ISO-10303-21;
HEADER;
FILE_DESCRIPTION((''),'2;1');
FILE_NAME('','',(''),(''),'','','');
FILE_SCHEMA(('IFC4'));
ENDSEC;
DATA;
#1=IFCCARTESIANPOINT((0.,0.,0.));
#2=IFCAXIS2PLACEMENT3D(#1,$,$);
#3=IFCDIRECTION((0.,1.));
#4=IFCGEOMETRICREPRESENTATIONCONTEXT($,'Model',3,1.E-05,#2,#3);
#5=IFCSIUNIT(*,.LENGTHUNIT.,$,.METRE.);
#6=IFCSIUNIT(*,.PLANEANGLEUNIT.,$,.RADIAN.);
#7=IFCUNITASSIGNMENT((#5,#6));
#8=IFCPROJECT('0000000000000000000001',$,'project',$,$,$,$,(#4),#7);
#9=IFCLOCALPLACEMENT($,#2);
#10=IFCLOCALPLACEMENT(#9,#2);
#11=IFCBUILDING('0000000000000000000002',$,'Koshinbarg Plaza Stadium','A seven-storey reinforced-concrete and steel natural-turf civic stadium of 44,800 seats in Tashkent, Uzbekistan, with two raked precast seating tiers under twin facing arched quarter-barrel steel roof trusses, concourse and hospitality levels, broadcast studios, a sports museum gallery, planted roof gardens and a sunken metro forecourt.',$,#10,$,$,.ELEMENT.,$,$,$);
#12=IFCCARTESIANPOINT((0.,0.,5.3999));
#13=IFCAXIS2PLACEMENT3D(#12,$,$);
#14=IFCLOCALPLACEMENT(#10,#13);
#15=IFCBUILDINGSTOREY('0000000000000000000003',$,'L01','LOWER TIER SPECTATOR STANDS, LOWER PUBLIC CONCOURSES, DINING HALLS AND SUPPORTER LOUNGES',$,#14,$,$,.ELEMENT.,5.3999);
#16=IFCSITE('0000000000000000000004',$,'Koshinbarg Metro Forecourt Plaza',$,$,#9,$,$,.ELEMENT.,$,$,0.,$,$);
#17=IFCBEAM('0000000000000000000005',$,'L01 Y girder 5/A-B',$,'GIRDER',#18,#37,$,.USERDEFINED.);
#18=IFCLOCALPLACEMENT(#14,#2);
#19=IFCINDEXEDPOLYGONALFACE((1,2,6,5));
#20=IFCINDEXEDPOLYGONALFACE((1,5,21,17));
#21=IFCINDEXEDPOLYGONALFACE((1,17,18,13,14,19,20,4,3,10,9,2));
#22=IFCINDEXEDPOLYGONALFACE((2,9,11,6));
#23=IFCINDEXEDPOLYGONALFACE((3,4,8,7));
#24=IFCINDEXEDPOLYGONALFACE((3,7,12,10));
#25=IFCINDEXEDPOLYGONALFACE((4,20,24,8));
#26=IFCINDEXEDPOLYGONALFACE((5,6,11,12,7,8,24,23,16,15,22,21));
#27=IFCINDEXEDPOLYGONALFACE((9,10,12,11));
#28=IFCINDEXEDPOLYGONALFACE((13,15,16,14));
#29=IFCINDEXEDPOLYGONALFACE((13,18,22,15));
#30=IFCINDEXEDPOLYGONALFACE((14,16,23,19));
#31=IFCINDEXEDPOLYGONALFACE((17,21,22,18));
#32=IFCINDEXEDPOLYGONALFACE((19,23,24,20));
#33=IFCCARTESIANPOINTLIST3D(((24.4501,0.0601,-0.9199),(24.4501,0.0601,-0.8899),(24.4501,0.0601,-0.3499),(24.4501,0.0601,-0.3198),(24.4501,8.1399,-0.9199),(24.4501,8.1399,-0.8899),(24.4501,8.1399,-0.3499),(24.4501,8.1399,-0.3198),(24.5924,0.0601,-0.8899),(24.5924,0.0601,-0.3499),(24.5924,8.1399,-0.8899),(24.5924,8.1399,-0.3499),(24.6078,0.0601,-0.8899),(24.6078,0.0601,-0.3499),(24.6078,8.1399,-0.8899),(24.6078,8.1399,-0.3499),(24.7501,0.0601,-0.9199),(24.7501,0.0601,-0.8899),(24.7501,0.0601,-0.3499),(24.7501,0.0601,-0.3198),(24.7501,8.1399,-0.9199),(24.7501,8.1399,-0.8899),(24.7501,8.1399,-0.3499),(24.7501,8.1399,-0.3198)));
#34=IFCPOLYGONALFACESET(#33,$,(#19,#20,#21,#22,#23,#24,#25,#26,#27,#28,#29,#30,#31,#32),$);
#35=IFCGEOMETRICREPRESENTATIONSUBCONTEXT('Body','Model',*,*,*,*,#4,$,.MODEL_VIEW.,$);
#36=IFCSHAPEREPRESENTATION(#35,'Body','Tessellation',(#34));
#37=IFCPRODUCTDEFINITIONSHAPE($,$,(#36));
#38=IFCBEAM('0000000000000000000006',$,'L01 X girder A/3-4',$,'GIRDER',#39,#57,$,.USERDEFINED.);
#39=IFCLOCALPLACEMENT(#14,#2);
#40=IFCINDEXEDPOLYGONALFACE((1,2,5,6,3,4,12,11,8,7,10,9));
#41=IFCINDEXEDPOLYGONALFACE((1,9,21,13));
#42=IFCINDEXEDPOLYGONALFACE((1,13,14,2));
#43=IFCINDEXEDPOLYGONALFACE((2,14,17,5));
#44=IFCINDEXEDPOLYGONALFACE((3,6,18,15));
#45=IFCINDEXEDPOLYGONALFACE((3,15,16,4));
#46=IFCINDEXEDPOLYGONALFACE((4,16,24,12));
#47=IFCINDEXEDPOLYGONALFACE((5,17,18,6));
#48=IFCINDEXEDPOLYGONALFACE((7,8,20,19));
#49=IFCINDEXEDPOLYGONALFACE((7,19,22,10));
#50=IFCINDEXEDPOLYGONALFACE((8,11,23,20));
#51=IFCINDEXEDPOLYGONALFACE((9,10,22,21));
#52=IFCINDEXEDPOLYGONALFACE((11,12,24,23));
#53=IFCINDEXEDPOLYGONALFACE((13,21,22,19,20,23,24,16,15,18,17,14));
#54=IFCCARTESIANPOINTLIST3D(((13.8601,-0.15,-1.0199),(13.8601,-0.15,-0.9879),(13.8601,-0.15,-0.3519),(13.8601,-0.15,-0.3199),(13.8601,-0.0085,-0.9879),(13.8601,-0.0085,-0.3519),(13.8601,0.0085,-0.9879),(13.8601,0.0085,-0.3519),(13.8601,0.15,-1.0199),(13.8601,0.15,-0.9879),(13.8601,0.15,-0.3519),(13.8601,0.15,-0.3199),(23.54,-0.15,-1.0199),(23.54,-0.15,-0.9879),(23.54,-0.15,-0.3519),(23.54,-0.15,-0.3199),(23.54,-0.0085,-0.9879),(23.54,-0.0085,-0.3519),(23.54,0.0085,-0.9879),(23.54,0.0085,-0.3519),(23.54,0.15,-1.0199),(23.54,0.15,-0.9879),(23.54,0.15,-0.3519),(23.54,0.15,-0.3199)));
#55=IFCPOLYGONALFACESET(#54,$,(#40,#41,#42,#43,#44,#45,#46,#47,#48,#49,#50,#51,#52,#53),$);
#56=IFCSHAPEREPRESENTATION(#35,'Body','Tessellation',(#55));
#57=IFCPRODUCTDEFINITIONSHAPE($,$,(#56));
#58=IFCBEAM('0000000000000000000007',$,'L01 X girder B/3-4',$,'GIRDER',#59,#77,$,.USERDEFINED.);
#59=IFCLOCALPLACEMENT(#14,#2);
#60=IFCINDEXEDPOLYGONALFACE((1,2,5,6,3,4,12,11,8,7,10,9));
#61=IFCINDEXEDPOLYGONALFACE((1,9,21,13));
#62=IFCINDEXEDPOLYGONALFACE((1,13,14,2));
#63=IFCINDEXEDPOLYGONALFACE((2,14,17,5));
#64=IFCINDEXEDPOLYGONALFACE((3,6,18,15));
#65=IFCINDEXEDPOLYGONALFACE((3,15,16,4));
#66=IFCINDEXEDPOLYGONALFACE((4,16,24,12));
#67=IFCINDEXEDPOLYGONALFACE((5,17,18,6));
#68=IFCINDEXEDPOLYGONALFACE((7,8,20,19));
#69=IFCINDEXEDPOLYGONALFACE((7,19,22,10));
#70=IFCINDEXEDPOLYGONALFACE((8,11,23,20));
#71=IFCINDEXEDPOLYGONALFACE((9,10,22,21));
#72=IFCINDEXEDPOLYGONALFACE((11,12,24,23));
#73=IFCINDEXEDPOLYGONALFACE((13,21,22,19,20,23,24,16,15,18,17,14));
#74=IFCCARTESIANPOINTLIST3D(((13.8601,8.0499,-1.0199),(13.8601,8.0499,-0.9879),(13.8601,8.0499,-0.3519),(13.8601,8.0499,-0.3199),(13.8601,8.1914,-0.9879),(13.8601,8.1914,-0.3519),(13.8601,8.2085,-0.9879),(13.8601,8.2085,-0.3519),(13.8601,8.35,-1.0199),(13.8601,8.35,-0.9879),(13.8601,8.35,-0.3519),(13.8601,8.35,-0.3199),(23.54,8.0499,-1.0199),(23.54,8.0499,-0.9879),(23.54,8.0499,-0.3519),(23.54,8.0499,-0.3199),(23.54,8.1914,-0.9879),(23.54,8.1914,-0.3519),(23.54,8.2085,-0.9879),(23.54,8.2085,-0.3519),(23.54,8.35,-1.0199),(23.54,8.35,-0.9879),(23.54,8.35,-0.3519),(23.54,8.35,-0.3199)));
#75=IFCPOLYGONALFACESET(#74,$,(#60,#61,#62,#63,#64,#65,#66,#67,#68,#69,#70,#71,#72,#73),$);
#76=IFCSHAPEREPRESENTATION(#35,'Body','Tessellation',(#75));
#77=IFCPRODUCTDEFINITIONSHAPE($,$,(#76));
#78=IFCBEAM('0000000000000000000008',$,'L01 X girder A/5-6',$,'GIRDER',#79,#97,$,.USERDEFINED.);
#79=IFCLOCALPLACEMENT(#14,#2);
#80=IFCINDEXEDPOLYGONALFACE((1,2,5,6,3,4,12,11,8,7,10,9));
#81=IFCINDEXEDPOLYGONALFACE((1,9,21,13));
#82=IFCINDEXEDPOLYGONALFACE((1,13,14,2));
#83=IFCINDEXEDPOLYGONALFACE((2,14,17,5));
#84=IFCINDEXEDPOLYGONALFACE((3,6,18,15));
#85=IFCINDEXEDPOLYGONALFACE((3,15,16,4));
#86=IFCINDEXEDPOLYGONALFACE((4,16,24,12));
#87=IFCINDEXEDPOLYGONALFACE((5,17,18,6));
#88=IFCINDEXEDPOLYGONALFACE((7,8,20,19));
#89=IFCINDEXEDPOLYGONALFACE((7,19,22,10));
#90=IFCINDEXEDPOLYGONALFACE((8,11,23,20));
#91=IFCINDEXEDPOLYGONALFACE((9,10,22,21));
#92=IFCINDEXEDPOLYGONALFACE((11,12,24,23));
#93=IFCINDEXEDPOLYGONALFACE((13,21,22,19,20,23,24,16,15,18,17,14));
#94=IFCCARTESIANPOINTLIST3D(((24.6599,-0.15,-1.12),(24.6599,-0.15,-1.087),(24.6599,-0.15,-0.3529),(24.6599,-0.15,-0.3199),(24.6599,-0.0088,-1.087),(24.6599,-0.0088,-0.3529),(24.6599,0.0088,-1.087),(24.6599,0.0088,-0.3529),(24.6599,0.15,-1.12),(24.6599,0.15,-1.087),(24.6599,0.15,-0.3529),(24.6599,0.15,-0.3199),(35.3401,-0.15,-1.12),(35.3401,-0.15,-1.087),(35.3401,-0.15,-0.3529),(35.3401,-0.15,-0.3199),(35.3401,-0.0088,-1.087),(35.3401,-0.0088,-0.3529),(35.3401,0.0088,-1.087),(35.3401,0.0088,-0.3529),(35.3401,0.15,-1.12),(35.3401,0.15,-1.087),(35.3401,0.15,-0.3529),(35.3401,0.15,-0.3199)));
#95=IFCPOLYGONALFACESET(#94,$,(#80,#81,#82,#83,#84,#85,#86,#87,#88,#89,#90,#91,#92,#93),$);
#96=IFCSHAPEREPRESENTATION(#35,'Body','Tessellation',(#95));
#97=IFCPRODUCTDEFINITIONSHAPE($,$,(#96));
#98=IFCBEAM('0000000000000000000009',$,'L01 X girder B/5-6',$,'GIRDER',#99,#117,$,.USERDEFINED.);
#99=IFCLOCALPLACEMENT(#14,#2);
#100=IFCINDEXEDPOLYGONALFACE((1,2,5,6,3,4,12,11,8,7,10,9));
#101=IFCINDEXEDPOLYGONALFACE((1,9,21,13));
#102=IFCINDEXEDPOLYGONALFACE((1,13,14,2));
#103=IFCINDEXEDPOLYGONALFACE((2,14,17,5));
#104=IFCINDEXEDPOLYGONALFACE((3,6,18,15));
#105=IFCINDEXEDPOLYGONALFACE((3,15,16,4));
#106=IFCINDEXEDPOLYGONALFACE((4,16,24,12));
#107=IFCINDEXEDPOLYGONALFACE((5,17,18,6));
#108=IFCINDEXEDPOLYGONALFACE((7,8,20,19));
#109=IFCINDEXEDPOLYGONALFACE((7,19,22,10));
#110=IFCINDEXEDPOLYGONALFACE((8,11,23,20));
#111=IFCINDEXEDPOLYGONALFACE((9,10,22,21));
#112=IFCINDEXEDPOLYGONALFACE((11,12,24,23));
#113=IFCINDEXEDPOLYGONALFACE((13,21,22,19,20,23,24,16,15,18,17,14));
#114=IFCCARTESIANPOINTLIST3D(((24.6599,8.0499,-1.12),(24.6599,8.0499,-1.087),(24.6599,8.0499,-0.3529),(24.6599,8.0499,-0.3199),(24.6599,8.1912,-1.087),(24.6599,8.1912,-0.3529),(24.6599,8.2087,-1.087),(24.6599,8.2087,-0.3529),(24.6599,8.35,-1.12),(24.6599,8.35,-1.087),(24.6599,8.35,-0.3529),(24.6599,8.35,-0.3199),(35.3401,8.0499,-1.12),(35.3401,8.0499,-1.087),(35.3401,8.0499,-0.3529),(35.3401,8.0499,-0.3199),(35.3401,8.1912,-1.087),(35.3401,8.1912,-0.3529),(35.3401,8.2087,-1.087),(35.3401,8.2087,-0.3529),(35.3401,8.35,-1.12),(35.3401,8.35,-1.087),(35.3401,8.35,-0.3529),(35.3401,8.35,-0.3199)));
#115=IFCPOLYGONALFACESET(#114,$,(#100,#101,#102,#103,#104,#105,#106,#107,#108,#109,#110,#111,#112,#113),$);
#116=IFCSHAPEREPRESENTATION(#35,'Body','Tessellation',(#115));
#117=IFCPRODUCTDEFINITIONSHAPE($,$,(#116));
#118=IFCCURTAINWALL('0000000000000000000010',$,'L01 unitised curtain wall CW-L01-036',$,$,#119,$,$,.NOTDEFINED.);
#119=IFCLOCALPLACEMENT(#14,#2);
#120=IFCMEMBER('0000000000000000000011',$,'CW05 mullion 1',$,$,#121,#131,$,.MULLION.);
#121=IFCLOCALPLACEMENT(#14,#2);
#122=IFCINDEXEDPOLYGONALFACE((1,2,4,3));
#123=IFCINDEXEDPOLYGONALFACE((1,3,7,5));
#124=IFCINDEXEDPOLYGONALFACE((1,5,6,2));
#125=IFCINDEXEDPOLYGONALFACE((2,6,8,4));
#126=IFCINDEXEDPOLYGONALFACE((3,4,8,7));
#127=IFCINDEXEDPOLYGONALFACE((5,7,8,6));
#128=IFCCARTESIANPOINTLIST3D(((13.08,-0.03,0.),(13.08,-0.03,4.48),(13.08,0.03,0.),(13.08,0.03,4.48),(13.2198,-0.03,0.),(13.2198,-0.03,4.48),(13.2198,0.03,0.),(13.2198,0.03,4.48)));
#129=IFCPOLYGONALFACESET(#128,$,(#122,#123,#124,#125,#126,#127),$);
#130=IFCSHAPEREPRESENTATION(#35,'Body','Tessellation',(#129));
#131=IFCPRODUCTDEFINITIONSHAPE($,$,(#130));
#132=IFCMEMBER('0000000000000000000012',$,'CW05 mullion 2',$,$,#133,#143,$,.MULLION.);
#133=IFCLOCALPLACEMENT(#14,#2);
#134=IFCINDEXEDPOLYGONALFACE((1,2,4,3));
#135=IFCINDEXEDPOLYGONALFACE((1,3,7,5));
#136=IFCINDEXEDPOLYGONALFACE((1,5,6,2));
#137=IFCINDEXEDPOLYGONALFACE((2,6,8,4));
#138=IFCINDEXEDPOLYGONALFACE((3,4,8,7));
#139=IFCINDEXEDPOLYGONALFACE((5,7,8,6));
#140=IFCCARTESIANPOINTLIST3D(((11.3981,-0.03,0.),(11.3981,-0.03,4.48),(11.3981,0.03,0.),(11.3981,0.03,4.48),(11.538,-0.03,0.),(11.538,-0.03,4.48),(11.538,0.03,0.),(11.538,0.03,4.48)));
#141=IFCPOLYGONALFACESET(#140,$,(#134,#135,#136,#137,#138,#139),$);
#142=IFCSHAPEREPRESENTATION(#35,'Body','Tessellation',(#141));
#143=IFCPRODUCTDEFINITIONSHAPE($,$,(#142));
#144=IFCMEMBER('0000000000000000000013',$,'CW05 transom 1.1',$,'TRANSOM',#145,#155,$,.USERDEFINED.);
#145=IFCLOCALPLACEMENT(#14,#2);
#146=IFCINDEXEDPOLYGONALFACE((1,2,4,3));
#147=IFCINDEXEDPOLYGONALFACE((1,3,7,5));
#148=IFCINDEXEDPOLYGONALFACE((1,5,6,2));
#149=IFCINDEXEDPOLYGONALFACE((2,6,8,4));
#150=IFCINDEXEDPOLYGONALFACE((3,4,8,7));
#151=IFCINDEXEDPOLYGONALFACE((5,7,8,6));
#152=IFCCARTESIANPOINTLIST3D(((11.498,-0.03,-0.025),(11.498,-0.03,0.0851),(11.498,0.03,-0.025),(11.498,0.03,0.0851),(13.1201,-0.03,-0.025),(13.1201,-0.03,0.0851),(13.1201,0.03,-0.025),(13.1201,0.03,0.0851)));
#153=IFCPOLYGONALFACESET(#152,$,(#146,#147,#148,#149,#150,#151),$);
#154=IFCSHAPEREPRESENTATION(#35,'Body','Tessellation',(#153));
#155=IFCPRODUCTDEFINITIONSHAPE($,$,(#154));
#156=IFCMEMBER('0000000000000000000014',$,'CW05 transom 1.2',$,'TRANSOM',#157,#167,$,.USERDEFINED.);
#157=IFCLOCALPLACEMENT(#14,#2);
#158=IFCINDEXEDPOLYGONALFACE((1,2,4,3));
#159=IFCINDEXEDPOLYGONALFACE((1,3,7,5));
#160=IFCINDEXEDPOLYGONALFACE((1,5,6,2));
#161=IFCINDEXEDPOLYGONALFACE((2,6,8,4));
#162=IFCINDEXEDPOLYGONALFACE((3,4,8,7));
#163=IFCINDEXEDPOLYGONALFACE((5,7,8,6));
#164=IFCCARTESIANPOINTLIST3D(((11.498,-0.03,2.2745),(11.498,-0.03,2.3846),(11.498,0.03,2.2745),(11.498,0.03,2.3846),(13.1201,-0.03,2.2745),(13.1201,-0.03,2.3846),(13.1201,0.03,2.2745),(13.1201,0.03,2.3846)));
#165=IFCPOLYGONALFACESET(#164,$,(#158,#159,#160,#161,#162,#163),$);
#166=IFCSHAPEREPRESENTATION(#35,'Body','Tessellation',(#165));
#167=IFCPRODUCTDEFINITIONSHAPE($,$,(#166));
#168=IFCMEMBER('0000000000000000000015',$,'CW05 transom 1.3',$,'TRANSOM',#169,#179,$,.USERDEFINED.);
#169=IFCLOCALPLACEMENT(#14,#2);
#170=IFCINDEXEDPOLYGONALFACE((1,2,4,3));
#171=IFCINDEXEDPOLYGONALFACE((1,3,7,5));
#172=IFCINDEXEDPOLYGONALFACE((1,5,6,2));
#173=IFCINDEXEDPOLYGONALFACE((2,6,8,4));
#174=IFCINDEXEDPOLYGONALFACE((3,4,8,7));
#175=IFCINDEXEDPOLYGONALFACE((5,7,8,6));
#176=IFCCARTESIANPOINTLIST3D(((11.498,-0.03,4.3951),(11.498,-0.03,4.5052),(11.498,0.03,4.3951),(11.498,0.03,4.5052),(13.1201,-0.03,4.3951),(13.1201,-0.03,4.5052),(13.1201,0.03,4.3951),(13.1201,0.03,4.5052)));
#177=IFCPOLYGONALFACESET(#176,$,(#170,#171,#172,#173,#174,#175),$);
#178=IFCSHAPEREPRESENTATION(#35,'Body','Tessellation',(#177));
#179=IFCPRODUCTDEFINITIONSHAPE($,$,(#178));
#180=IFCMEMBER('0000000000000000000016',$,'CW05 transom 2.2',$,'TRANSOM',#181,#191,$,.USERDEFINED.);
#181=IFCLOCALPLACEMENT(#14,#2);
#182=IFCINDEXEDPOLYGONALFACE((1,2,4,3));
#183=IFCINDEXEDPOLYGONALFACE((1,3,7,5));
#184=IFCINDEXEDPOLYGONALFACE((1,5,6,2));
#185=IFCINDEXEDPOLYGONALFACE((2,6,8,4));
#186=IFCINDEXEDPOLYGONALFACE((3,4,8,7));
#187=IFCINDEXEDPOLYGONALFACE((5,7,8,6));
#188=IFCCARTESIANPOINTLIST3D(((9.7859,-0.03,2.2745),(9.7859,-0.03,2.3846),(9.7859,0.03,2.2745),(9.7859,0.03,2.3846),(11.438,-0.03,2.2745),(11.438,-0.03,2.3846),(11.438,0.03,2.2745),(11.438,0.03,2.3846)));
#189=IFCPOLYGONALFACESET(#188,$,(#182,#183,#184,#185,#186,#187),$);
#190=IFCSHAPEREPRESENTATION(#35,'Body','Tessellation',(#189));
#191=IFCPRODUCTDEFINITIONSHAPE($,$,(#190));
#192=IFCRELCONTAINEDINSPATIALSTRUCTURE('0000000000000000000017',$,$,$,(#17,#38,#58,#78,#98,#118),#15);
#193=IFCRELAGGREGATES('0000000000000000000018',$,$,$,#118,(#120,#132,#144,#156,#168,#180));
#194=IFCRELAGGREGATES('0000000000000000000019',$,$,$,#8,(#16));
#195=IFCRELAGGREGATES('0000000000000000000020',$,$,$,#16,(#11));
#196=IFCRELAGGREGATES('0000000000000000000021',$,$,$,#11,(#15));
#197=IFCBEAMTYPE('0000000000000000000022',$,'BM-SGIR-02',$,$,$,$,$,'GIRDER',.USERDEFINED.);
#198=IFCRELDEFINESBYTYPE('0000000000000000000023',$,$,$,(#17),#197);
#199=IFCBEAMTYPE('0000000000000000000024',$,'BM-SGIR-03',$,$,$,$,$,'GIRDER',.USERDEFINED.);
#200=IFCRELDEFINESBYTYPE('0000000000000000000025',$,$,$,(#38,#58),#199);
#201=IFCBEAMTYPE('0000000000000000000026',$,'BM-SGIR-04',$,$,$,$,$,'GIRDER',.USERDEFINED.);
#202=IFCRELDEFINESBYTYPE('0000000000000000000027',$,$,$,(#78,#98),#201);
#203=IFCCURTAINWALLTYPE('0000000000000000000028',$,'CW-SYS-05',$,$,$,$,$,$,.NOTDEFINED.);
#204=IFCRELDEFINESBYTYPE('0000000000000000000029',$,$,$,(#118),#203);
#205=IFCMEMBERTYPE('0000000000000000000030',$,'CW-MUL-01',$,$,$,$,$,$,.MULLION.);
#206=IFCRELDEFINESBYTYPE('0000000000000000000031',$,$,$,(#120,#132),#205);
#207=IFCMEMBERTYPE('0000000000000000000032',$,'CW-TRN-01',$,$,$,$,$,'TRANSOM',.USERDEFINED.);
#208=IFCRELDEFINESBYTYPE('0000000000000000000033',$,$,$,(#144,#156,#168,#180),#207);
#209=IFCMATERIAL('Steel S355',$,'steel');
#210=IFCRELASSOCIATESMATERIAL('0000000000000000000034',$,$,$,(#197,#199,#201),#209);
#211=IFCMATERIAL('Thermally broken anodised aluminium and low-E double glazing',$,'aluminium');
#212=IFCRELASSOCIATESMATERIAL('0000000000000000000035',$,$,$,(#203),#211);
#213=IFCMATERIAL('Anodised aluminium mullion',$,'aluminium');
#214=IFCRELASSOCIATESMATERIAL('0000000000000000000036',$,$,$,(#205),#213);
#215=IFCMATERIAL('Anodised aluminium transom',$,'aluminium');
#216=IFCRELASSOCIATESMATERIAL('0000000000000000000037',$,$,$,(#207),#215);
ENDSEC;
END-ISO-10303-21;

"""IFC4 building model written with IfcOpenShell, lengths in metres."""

from ifc_helpers import new_model, si_unit, direction, frame, origin, origin_2d, place, context, subcontext, project, spatial, rectangle, i_section, extrude, material, material_profile, profile_set, type_object, element, aggregate, save


model = new_model("IFC4")

# Units and contexts
model_context = context("Model", 3, precision=1e-05, world=origin(), true_north=direction((0.0, 1.0)))
body_context = subcontext(model_context, "Body", "Model", "MODEL_VIEW")
ifc_project = project(units=[si_unit("LENGTHUNIT", "METRE"), si_unit("PLANEANGLEUNIT", "RADIAN")], contexts=[model_context])

# Site, building, storey
site_placement = place(None, origin())
site = spatial("IfcSite", under=ifc_project, at=site_placement, Name="Koshinbarg Metro Forecourt Plaza", CompositionType="ELEMENT", RefElevation=0.0)
building_placement = place(site_placement, origin())
building = spatial("IfcBuilding", under=site, at=building_placement, Name="Koshinbarg Plaza Stadium", Description="A seven-storey reinforced-concrete and steel natural-turf civic stadium of 44,800 seats in Tashkent, Uzbekistan, with two raked precast seating tiers under twin facing arched quarter-barrel steel roof trusses, concourse and hospitality levels, broadcast studios, a sports museum gallery, planted roof gardens and a sunken metro forecourt.", CompositionType="ELEMENT")
storey_placement = place(building_placement, frame((0.0, 0.0, 5.3999)))
storey = spatial("IfcBuildingStorey", under=building, at=storey_placement, Name="L01", Description="LOWER TIER SPECTATOR STANDS, LOWER PUBLIC CONCOURSES, DINING HALLS AND SUPPORTER LOUNGES", CompositionType="ELEMENT", Elevation=5.3999)

# Shared definitions
ifc_material_1 = material(Name="Steel S355", Category="steel")

# Beams
ifc_material_profile_1 = material_profile(ifc_material_1, i_section(OverallWidth=0.3, OverallDepth=0.6001, WebThickness=0.0154, FlangeThickness=0.03, at=origin_2d()), Name="HEB 600")
ifc_profile_set_1 = profile_set([ifc_material_profile_1], Name="Steel S355")
beam_type_1 = type_object("IfcBeamType", Name="BM-SGIR-02", ElementType="GIRDER", PredefinedType="USERDEFINED", material=ifc_profile_set_1)
for number, where, z_axis, x_axis, name in (
    (1, (24.6001, 0.0601, -0.6199), (0.0, 1.0, 0.0), (-1.0, 0.0, 0.0), "L01 Y girder 5/A-B"),
):
    element("IfcBeam", number, at=place(storey_placement, frame(where, z_axis=z_axis, x_axis=x_axis)), inside=storey, type_object=beam_type_1, Name=name, ObjectType="GIRDER", PredefinedType="USERDEFINED", context=body_context, shape_type="SweptSolid", body=[
        extrude(i_section(OverallWidth=0.3, OverallDepth=0.6001, WebThickness=0.0154, FlangeThickness=0.03, at=origin_2d()), origin(), (0.0, 0.0, 1.0), 8.0798),
    ])
ifc_material_profile_2 = material_profile(ifc_material_1, i_section(OverallWidth=0.3, OverallDepth=0.7, WebThickness=0.0171, FlangeThickness=0.032, at=origin_2d()), Name="HEB 700")
ifc_profile_set_2 = profile_set([ifc_material_profile_2], Name="Steel S355")
beam_type_2 = type_object("IfcBeamType", Name="BM-SGIR-03", ElementType="GIRDER", PredefinedType="USERDEFINED", material=ifc_profile_set_2)
for number, where, z_axis, x_axis, name in (
    (2, (13.8601, 0.0, -0.6699), (1.0, 0.0, 0.0), (0.0, 1.0, 0.0), "L01 X girder A/3-4"),
    (3, (13.8601, 8.2, -0.6699), (1.0, 0.0, 0.0), (0.0, 1.0, 0.0), "L01 X girder B/3-4"),
):
    element("IfcBeam", number, at=place(storey_placement, frame(where, z_axis=z_axis, x_axis=x_axis)), inside=storey, type_object=beam_type_2, Name=name, ObjectType="GIRDER", PredefinedType="USERDEFINED", context=body_context, shape_type="SweptSolid", body=[
        extrude(i_section(OverallWidth=0.3, OverallDepth=0.7, WebThickness=0.0171, FlangeThickness=0.032, at=origin_2d()), origin(), (0.0, 0.0, 1.0), 9.6799),
    ])
ifc_material_profile_3 = material_profile(ifc_material_1, i_section(OverallWidth=0.3, OverallDepth=0.8, WebThickness=0.0176, FlangeThickness=0.033, at=origin_2d()), Name="HEB 800")
ifc_profile_set_3 = profile_set([ifc_material_profile_3], Name="Steel S355")
beam_type_3 = type_object("IfcBeamType", Name="BM-SGIR-04", ElementType="GIRDER", PredefinedType="USERDEFINED", material=ifc_profile_set_3)
for number, where, z_axis, x_axis, name in (
    (4, (24.6599, 0.0, -0.72), (1.0, 0.0, 0.0), (0.0, 1.0, 0.0), "L01 X girder A/5-6"),
    (5, (24.6599, 8.2, -0.72), (1.0, 0.0, 0.0), (0.0, 1.0, 0.0), "L01 X girder B/5-6"),
):
    element("IfcBeam", number, at=place(storey_placement, frame(where, z_axis=z_axis, x_axis=x_axis)), inside=storey, type_object=beam_type_3, Name=name, ObjectType="GIRDER", PredefinedType="USERDEFINED", context=body_context, shape_type="SweptSolid", body=[
        extrude(i_section(OverallWidth=0.3, OverallDepth=0.8, WebThickness=0.0176, FlangeThickness=0.033, at=origin_2d()), origin(), (0.0, 0.0, 1.0), 10.6802),
    ])

# Curtain wall, members
ifc_material_2 = material(Name="Thermally broken anodised aluminium and low-E double glazing", Category="aluminium")
curtain_wall_type = type_object("IfcCurtainWallType", Name="CW-SYS-05", PredefinedType="NOTDEFINED", material=ifc_material_2)
curtain_wall_placement = place(storey_placement, origin())
curtain_wall = element("IfcCurtainWall", 6, at=curtain_wall_placement, inside=storey, type_object=curtain_wall_type, Name="L01 unitised curtain wall CW-L01-036", PredefinedType="NOTDEFINED")
ifc_material_3 = material(Name="Anodised aluminium mullion", Category="aluminium")
ifc_material_profile_4 = material_profile(ifc_material_3, rectangle(XDim=0.0601, YDim=0.1399, at=origin_2d()), Name="ALU 60x140")
ifc_profile_set_4 = profile_set([ifc_material_profile_4], Name="Anodised aluminium mullion")
member_type_1 = type_object("IfcMemberType", Name="CW-MUL-01", PredefinedType="MULLION", material=ifc_profile_set_4)
member_1_placement = place(storey_placement, frame((13.1499, 0.0, 0.0), z_axis=(0.0, 0.0, 1.0), x_axis=(0.0, -1.0, 0.0)))
member_1 = element("IfcMember", 7, at=member_1_placement, type_object=member_type_1, Name="CW05 mullion 1", PredefinedType="MULLION", context=body_context, shape_type="SweptSolid", body=[
    extrude(rectangle(XDim=0.0601, YDim=0.1399, at=origin_2d()), origin(), (0.0, 0.0, 1.0), 4.48),
])
member_2_placement = place(storey_placement, frame((11.468, 0.0, 0.0), z_axis=(0.0, 0.0, 1.0), x_axis=(0.0, -1.0, 0.0)))
member_2 = element("IfcMember", 8, at=member_2_placement, type_object=member_type_1, Name="CW05 mullion 2", PredefinedType="MULLION", context=body_context, shape_type="SweptSolid", body=[
    extrude(rectangle(XDim=0.0601, YDim=0.1399, at=origin_2d()), origin(), (0.0, 0.0, 1.0), 4.48),
])
ifc_material_4 = material(Name="Anodised aluminium transom", Category="aluminium")
ifc_material_profile_5 = material_profile(ifc_material_4, rectangle(XDim=0.0601, YDim=0.1101, at=origin_2d()), Name="ALU 60x110")
ifc_profile_set_5 = profile_set([ifc_material_profile_5], Name="Anodised aluminium transom")
member_type_2 = type_object("IfcMemberType", Name="CW-TRN-01", ElementType="TRANSOM", PredefinedType="USERDEFINED", material=ifc_profile_set_5)
member_3_placement = place(storey_placement, frame((13.1201, 0.0, 0.03), z_axis=(-1.0, 0.0, 0.0), x_axis=(0.0, -1.0, 0.0)))
member_3 = element("IfcMember", 9, at=member_3_placement, type_object=member_type_2, Name="CW05 transom 1.1", ObjectType="TRANSOM", PredefinedType="USERDEFINED", context=body_context, shape_type="SweptSolid", body=[
    extrude(rectangle(XDim=0.0601, YDim=0.1101, at=origin_2d()), origin(), (0.0, 0.0, 1.0), 1.6221),
])
member_4_placement = place(storey_placement, frame((13.1201, 0.0, 2.3296), z_axis=(-1.0, 0.0, 0.0), x_axis=(0.0, -1.0, 0.0)))
member_4 = element("IfcMember", 10, at=member_4_placement, type_object=member_type_2, Name="CW05 transom 1.2", ObjectType="TRANSOM", PredefinedType="USERDEFINED", context=body_context, shape_type="SweptSolid", body=[
    extrude(rectangle(XDim=0.0601, YDim=0.1101, at=origin_2d()), origin(), (0.0, 0.0, 1.0), 1.6221),
])
member_5_placement = place(storey_placement, frame((13.1201, 0.0, 4.4502), z_axis=(-1.0, 0.0, 0.0), x_axis=(0.0, -1.0, 0.0)))
member_5 = element("IfcMember", 11, at=member_5_placement, type_object=member_type_2, Name="CW05 transom 1.3", ObjectType="TRANSOM", PredefinedType="USERDEFINED", context=body_context, shape_type="SweptSolid", body=[
    extrude(rectangle(XDim=0.0601, YDim=0.1101, at=origin_2d()), origin(), (0.0, 0.0, 1.0), 1.6221),
])
member_6_placement = place(storey_placement, frame((11.438, 0.0, 2.3296), z_axis=(-1.0, 0.0, 0.0), x_axis=(0.0, -1.0, 0.0)))
member_6 = element("IfcMember", 12, at=member_6_placement, type_object=member_type_2, Name="CW05 transom 2.2", ObjectType="TRANSOM", PredefinedType="USERDEFINED", context=body_context, shape_type="SweptSolid", body=[
    extrude(rectangle(XDim=0.0601, YDim=0.1101, at=origin_2d()), origin(), (0.0, 0.0, 1.0), 1.6521),
])
aggregate(curtain_wall, [member_1, member_2, member_3, member_4, member_5, member_6])

save(model, "model.ifc")
